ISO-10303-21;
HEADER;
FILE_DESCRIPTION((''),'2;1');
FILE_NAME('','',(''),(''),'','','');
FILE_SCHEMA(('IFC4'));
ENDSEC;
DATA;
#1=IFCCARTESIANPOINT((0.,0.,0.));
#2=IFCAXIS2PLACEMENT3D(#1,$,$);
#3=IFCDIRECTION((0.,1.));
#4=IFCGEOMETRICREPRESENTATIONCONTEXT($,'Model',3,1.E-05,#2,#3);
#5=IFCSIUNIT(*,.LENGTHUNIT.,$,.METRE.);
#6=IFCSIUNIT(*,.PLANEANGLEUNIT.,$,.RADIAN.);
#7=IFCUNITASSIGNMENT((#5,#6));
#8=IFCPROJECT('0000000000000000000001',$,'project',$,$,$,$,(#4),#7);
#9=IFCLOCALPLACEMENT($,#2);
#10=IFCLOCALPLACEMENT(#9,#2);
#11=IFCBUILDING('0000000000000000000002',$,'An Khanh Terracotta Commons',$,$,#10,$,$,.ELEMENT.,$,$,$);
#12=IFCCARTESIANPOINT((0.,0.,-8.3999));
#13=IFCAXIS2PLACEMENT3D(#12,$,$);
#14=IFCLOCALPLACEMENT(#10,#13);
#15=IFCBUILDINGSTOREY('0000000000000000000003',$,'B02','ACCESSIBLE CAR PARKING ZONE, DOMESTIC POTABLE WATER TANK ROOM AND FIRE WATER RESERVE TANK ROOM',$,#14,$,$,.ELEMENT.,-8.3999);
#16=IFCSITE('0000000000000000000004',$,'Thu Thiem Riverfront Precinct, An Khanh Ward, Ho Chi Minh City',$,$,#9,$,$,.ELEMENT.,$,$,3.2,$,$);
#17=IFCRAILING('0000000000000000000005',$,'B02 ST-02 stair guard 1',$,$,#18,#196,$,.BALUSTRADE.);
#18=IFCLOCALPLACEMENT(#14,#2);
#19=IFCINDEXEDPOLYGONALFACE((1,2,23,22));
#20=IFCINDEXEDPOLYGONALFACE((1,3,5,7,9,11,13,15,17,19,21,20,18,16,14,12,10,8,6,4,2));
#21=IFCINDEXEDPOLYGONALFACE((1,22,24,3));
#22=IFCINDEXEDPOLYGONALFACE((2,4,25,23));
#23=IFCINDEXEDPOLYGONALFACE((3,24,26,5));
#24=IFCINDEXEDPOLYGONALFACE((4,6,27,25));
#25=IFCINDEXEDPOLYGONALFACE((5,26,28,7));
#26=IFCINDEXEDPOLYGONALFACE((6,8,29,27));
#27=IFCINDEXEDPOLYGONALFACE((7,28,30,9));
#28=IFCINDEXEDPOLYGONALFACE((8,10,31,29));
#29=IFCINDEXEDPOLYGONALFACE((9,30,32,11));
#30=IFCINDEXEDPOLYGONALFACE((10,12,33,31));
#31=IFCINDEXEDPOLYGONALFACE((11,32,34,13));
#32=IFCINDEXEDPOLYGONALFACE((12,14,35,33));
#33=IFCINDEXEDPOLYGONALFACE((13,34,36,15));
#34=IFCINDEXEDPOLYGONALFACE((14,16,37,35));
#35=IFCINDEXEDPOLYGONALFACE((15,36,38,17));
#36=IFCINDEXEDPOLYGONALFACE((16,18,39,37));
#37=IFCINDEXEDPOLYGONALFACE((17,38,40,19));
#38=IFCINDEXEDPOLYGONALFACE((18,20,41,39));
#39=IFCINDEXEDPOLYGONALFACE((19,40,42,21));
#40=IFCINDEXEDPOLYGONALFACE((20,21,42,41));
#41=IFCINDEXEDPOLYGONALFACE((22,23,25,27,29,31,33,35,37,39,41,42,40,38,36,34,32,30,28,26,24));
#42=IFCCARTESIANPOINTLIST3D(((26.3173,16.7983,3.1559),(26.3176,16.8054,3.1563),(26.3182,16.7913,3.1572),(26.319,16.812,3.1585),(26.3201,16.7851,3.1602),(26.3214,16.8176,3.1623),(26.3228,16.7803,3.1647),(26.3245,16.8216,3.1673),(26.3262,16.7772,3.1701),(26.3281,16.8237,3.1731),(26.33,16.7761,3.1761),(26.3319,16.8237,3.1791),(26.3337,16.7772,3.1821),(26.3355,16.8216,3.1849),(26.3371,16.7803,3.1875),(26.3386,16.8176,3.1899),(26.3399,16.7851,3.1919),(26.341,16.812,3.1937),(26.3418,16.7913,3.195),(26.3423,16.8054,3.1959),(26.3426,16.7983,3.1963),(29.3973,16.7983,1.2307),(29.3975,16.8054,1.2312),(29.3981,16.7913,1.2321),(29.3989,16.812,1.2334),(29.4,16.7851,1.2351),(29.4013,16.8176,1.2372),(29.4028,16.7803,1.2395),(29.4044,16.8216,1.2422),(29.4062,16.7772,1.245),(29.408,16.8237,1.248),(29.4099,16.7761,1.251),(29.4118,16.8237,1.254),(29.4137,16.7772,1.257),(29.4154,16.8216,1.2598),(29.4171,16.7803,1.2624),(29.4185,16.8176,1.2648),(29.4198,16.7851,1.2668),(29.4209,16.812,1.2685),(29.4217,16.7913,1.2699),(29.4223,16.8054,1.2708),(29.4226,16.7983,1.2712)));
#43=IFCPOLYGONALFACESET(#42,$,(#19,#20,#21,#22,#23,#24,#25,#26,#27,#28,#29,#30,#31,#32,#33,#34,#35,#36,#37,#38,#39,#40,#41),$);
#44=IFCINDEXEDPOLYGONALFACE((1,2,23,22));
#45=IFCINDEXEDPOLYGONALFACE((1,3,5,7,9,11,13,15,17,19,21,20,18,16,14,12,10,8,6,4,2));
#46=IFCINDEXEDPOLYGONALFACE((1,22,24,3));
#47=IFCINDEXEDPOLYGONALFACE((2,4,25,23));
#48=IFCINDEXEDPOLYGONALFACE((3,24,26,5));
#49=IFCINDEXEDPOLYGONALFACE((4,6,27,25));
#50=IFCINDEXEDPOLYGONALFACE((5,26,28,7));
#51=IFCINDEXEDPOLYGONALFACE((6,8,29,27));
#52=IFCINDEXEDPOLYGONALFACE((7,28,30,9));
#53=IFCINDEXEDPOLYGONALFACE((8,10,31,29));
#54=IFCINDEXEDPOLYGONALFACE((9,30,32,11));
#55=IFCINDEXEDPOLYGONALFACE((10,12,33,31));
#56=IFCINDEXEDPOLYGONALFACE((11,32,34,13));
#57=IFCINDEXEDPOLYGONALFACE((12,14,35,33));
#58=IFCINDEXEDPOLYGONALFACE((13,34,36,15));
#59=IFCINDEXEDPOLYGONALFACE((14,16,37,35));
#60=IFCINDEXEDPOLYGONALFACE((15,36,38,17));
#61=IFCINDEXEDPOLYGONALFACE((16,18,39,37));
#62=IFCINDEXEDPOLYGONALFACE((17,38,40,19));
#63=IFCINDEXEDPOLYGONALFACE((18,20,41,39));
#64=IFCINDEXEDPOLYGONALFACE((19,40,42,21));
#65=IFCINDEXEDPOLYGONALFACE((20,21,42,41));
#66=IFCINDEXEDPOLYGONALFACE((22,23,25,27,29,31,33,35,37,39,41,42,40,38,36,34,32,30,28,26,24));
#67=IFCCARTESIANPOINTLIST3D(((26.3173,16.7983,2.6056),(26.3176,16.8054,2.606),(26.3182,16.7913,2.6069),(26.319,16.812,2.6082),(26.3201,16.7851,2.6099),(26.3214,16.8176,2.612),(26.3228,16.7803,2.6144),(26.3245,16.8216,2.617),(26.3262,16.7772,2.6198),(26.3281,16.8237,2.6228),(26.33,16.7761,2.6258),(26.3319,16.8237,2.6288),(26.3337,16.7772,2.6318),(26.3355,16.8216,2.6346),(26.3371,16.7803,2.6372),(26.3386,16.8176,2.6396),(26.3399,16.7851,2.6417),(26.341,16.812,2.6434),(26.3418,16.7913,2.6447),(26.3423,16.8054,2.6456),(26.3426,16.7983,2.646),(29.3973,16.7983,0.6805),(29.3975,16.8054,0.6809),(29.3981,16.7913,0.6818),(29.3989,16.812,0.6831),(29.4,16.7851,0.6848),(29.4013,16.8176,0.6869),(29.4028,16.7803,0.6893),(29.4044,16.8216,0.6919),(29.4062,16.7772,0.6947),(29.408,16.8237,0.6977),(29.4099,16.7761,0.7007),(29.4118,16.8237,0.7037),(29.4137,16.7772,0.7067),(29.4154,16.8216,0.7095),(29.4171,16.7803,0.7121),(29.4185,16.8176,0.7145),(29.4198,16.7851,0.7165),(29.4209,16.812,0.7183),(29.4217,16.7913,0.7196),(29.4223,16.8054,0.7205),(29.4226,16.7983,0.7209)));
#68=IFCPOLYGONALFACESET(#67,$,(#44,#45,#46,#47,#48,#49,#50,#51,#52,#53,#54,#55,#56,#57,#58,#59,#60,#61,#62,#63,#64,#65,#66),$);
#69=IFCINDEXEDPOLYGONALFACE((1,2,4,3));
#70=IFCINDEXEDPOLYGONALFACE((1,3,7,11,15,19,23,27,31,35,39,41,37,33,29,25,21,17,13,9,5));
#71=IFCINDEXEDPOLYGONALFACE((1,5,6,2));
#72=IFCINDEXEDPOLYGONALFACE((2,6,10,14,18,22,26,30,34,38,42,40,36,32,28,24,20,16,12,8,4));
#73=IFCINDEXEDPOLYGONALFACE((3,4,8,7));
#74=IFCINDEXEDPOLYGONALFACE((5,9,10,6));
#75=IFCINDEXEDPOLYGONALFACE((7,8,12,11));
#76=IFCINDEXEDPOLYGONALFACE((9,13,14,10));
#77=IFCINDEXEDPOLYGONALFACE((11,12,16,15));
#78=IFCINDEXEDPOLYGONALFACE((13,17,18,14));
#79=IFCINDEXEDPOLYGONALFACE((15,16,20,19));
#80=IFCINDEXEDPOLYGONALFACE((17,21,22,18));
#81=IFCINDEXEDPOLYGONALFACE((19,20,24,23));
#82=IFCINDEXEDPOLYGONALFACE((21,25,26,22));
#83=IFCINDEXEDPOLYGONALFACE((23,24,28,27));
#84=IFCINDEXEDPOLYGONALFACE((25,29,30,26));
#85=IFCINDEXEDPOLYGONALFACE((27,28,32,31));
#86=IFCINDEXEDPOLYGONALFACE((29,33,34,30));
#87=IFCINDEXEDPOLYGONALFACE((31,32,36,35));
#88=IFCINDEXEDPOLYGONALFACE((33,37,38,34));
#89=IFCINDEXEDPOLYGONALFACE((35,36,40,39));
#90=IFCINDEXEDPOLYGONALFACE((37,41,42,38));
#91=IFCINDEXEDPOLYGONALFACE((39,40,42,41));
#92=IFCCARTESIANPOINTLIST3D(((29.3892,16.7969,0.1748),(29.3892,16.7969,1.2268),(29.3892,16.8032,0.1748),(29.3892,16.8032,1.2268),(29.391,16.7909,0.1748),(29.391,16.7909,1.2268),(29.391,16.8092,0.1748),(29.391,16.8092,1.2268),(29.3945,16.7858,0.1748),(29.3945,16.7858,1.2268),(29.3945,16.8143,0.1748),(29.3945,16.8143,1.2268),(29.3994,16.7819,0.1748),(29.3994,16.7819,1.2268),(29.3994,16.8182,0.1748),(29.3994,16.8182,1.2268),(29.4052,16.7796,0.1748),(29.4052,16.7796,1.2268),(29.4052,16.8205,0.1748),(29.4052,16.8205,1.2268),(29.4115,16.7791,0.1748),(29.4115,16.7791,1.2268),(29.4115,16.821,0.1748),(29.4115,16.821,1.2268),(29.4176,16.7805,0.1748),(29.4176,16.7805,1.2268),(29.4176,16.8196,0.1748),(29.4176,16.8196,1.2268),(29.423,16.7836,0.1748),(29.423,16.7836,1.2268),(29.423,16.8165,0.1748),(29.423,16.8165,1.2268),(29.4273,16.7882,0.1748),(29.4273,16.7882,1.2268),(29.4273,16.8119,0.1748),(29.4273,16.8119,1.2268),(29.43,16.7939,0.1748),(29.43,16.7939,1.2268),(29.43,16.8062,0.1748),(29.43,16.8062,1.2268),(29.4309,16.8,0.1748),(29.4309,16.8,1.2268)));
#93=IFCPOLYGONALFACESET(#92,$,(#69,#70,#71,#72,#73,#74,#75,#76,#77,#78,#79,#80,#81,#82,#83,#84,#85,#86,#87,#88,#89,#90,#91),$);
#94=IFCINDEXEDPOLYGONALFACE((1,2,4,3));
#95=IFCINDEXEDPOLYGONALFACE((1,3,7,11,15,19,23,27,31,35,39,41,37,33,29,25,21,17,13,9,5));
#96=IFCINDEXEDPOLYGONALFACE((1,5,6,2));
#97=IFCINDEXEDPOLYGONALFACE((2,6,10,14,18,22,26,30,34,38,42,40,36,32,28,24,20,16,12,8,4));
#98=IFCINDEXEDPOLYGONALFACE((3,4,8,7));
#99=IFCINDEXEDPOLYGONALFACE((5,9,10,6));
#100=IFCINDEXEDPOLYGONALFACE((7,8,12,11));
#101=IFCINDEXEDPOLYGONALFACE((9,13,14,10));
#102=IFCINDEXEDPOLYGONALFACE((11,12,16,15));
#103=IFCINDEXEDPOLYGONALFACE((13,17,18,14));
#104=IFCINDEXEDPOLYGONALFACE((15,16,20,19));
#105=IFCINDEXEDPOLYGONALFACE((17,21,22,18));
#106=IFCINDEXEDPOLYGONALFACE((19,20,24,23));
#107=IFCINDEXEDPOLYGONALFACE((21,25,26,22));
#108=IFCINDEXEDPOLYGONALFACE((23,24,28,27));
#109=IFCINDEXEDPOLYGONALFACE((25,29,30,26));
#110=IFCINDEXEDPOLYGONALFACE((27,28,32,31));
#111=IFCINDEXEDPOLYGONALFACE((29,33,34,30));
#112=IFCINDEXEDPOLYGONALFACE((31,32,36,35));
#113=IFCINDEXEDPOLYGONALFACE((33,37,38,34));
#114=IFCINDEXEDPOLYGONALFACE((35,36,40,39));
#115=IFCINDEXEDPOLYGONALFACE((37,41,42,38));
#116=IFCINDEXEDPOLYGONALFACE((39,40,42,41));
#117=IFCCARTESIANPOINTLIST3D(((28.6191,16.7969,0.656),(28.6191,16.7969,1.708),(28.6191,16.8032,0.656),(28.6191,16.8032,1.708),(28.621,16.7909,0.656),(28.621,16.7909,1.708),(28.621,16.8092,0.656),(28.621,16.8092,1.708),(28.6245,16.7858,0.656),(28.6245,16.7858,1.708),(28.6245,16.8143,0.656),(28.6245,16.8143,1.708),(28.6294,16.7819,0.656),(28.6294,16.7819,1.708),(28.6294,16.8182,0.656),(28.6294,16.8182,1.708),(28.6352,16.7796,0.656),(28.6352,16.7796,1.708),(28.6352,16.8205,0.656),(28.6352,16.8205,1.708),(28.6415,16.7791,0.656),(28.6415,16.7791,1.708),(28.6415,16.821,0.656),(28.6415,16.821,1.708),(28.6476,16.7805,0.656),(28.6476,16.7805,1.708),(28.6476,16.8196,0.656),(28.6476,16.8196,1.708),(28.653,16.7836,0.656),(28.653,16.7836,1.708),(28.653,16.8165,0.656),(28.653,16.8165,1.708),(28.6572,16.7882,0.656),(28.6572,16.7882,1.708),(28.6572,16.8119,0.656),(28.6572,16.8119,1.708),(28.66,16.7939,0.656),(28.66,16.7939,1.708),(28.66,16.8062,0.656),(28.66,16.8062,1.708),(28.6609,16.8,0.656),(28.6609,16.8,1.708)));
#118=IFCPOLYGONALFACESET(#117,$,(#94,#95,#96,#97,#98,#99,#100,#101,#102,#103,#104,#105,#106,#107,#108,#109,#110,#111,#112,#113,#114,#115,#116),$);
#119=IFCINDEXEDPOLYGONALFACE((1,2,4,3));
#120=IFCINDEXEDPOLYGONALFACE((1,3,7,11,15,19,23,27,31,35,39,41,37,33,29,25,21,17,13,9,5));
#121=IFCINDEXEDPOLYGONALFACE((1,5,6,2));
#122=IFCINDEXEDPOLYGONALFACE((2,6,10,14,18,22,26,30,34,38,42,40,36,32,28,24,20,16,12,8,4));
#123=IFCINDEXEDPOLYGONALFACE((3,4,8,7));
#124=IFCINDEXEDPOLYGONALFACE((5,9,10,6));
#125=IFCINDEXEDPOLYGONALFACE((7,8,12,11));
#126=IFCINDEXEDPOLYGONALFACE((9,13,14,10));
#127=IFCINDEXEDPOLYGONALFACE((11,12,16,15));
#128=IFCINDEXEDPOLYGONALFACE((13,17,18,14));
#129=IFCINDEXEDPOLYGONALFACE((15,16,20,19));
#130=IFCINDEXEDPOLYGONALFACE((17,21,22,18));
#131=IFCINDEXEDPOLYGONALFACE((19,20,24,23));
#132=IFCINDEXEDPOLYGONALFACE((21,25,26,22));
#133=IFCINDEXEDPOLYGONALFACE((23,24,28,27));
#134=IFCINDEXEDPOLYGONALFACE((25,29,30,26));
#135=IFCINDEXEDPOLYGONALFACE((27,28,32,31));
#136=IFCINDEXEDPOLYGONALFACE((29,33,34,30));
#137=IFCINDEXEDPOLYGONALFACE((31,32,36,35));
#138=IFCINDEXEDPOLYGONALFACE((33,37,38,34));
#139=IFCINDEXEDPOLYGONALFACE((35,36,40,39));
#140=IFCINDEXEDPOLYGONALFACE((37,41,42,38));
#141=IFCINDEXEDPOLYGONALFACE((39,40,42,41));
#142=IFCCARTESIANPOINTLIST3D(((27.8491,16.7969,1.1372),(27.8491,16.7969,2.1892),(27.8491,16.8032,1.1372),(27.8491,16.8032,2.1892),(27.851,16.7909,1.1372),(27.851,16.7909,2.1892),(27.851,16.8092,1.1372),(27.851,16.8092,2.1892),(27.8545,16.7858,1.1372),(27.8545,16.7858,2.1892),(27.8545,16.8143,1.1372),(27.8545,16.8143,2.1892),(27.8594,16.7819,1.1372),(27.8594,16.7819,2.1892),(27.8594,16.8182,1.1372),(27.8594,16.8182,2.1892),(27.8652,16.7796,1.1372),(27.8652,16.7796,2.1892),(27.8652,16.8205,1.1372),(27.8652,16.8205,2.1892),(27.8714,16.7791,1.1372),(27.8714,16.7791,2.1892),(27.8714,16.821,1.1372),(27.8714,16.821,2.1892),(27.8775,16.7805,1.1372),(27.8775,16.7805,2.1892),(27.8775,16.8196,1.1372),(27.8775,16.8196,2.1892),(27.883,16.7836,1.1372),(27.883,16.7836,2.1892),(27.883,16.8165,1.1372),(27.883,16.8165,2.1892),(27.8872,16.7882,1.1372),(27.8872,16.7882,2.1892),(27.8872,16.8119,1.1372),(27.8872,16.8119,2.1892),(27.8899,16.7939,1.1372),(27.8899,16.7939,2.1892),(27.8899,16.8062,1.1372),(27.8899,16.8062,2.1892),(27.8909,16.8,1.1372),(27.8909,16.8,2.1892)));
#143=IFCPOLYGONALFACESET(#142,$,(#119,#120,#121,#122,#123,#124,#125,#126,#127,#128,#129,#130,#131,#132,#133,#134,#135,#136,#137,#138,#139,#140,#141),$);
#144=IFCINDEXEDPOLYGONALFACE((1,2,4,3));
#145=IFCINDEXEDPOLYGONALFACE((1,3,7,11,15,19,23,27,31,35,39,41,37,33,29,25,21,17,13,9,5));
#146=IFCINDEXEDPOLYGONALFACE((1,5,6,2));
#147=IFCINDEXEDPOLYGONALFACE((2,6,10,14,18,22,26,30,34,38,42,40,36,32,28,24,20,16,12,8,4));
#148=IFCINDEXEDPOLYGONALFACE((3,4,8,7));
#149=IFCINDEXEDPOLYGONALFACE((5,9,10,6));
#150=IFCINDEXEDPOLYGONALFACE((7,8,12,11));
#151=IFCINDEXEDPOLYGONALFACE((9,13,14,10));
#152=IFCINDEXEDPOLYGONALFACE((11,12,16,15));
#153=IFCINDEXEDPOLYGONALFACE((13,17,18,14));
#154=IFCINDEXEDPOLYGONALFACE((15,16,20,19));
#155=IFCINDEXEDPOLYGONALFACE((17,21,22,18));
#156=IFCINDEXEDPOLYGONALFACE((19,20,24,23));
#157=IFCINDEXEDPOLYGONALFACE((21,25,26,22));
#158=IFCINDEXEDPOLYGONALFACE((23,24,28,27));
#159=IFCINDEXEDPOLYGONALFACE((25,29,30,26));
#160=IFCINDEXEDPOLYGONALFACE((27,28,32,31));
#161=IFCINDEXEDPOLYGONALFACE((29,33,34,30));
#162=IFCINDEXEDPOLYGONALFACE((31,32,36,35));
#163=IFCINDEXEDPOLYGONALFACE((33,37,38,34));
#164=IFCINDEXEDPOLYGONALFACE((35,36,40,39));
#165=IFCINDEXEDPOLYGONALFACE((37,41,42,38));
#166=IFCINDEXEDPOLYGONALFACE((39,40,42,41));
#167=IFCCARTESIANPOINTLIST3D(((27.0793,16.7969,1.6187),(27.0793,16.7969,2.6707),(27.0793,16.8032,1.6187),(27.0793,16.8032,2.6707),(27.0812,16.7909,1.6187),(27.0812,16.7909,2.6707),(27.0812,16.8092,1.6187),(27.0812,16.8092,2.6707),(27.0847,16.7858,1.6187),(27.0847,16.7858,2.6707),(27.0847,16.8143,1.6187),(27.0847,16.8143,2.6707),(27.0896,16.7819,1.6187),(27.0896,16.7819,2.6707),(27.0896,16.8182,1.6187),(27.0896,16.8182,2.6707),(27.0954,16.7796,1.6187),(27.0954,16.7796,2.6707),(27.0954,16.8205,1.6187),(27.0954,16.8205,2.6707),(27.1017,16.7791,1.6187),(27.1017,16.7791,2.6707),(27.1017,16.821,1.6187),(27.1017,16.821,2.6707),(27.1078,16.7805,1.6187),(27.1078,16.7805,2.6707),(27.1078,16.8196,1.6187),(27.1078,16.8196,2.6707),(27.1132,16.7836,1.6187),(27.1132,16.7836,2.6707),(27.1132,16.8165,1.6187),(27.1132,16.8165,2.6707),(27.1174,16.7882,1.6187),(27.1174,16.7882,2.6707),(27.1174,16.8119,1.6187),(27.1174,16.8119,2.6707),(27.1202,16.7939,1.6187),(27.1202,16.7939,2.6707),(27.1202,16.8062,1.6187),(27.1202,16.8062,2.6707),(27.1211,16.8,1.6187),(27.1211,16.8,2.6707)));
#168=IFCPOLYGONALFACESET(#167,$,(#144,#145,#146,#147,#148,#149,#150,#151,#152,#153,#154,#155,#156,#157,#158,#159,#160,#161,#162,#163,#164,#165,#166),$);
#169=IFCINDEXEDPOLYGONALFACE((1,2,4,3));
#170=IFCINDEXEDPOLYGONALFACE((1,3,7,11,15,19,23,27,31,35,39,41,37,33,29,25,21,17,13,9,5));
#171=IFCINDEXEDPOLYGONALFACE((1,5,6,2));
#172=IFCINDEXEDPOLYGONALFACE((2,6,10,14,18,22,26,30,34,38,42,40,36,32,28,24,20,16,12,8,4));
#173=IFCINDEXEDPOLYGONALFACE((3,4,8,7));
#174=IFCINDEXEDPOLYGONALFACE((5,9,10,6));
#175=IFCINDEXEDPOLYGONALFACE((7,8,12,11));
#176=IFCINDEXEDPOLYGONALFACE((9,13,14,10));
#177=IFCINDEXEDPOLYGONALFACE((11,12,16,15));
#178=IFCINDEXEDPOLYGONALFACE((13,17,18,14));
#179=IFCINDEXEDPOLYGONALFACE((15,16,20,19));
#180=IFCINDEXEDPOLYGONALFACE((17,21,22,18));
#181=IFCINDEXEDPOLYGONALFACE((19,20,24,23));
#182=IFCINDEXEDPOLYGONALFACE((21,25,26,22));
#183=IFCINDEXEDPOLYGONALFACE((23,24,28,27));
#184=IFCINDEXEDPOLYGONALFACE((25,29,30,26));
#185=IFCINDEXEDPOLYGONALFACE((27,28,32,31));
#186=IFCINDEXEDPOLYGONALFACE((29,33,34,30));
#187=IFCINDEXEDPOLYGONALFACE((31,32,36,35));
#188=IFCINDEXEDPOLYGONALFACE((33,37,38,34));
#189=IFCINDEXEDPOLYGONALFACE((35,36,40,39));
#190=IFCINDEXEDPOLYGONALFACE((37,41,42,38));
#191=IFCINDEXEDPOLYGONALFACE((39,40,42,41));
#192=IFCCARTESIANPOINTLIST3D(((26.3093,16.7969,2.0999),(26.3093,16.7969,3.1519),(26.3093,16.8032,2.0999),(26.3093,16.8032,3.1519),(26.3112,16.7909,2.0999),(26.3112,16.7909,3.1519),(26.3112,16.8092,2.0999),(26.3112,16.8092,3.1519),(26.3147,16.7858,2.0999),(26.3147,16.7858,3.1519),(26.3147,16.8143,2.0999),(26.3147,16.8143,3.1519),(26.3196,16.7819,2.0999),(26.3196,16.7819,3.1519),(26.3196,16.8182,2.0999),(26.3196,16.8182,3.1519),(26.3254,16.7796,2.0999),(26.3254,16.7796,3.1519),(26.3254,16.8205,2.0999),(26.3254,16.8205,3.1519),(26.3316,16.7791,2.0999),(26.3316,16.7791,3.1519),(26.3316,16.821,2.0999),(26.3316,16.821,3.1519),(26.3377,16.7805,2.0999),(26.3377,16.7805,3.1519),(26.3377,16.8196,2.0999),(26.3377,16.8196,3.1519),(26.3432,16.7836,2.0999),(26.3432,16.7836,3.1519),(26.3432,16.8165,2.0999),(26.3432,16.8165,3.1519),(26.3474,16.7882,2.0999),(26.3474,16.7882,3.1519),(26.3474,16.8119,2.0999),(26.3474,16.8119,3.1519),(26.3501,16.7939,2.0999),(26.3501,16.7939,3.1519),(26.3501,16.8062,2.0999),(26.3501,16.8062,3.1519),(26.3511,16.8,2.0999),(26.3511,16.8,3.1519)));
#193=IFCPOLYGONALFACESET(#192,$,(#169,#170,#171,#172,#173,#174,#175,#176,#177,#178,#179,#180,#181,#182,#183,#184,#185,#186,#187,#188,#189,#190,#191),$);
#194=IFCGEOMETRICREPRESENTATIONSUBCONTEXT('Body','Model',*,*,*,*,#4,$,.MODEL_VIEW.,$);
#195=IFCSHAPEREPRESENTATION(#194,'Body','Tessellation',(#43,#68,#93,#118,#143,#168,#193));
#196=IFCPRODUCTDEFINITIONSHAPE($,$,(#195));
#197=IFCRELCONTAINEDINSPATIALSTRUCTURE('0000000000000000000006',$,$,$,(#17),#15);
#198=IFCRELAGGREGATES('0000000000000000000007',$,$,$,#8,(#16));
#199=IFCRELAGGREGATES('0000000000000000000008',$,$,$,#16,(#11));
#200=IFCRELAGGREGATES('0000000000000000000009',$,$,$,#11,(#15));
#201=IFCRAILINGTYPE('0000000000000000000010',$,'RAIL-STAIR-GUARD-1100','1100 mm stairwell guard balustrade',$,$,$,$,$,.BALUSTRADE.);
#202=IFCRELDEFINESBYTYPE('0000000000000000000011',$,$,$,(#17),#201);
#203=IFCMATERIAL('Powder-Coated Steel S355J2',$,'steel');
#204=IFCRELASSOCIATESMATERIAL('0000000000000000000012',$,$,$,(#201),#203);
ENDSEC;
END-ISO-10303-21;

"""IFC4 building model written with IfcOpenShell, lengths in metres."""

from ifc_helpers import new_model, si_unit, direction, frame, origin, origin_2d, place, context, subcontext, project, spatial, circle, extrude, material, type_object, element, save


model = new_model("IFC4")

# Units and contexts
model_context = context("Model", 3, precision=1e-05, world=origin(), true_north=direction((0.0, 1.0)))
body_context = subcontext(model_context, "Body", "Model", "MODEL_VIEW")
ifc_project = project(units=[si_unit("LENGTHUNIT", "METRE"), si_unit("PLANEANGLEUNIT", "RADIAN")], contexts=[model_context])

# Site, building, storey
site_placement = place(None, origin())
site = spatial("IfcSite", under=ifc_project, at=site_placement, Name="Thu Thiem Riverfront Precinct, An Khanh Ward, Ho Chi Minh City", CompositionType="ELEMENT", RefElevation=3.2)
building_placement = place(site_placement, origin())
building = spatial("IfcBuilding", under=site, at=building_placement, Name="An Khanh Terracotta Commons", CompositionType="ELEMENT")
storey_placement = place(building_placement, frame((0.0, 0.0, -8.3999)))
storey = spatial("IfcBuildingStorey", under=building, at=storey_placement, Name="B02", Description="ACCESSIBLE CAR PARKING ZONE, DOMESTIC POTABLE WATER TANK ROOM AND FIRE WATER RESERVE TANK ROOM", CompositionType="ELEMENT", Elevation=-8.3999)

# Railing
ifc_material_1 = material(Name="Powder-Coated Steel S355J2", Category="steel")
railing_type_1 = type_object("IfcRailingType", Name="RAIL-STAIR-GUARD-1100", Description="1100 mm stairwell guard balustrade", PredefinedType="BALUSTRADE", material=ifc_material_1)
railing_1_placement = place(storey_placement, frame((29.4099, 16.8, 0.1748)))
element("IfcRailing", 1, at=railing_1_placement, inside=storey, type_object=railing_type_1, Name="B02 ST-02 stair guard 1", PredefinedType="BALUSTRADE", context=body_context, shape_type="SweptSolid", body=[
    extrude(circle(Radius=0.0239, at=origin_2d()), frame((0.0, 0.0, 1.0762), z_axis=(-0.847979, 0.0, 0.530029), x_axis=(0.0, -1.0, 0.0)), (0.0, 0.0, 1.0), 3.6321),
    extrude(circle(Radius=0.0239, at=origin_2d()), frame((0.0, 0.0, 0.5259), z_axis=(-0.847979, 0.0, 0.530029), x_axis=(0.0, -1.0, 0.0)), (0.0, 0.0, 1.0), 3.6321),
    extrude(circle(Radius=0.021, at=origin_2d()), origin(), (0.0, 0.0, 1.0), 1.052),
    extrude(circle(Radius=0.021, at=origin_2d()), frame((-0.77, 0.0, 0.4812)), (0.0, 0.0, 1.0), 1.052),
    extrude(circle(Radius=0.021, at=origin_2d()), frame((-1.54, 0.0, 0.9624)), (0.0, 0.0, 1.0), 1.052),
    extrude(circle(Radius=0.021, at=origin_2d()), frame((-2.3098, 0.0, 1.4438)), (0.0, 0.0, 1.0), 1.052),
    extrude(circle(Radius=0.021, at=origin_2d()), frame((-3.0798, 0.0, 1.925)), (0.0, 0.0, 1.0), 1.052),
])

save(model, "model.ifc")
